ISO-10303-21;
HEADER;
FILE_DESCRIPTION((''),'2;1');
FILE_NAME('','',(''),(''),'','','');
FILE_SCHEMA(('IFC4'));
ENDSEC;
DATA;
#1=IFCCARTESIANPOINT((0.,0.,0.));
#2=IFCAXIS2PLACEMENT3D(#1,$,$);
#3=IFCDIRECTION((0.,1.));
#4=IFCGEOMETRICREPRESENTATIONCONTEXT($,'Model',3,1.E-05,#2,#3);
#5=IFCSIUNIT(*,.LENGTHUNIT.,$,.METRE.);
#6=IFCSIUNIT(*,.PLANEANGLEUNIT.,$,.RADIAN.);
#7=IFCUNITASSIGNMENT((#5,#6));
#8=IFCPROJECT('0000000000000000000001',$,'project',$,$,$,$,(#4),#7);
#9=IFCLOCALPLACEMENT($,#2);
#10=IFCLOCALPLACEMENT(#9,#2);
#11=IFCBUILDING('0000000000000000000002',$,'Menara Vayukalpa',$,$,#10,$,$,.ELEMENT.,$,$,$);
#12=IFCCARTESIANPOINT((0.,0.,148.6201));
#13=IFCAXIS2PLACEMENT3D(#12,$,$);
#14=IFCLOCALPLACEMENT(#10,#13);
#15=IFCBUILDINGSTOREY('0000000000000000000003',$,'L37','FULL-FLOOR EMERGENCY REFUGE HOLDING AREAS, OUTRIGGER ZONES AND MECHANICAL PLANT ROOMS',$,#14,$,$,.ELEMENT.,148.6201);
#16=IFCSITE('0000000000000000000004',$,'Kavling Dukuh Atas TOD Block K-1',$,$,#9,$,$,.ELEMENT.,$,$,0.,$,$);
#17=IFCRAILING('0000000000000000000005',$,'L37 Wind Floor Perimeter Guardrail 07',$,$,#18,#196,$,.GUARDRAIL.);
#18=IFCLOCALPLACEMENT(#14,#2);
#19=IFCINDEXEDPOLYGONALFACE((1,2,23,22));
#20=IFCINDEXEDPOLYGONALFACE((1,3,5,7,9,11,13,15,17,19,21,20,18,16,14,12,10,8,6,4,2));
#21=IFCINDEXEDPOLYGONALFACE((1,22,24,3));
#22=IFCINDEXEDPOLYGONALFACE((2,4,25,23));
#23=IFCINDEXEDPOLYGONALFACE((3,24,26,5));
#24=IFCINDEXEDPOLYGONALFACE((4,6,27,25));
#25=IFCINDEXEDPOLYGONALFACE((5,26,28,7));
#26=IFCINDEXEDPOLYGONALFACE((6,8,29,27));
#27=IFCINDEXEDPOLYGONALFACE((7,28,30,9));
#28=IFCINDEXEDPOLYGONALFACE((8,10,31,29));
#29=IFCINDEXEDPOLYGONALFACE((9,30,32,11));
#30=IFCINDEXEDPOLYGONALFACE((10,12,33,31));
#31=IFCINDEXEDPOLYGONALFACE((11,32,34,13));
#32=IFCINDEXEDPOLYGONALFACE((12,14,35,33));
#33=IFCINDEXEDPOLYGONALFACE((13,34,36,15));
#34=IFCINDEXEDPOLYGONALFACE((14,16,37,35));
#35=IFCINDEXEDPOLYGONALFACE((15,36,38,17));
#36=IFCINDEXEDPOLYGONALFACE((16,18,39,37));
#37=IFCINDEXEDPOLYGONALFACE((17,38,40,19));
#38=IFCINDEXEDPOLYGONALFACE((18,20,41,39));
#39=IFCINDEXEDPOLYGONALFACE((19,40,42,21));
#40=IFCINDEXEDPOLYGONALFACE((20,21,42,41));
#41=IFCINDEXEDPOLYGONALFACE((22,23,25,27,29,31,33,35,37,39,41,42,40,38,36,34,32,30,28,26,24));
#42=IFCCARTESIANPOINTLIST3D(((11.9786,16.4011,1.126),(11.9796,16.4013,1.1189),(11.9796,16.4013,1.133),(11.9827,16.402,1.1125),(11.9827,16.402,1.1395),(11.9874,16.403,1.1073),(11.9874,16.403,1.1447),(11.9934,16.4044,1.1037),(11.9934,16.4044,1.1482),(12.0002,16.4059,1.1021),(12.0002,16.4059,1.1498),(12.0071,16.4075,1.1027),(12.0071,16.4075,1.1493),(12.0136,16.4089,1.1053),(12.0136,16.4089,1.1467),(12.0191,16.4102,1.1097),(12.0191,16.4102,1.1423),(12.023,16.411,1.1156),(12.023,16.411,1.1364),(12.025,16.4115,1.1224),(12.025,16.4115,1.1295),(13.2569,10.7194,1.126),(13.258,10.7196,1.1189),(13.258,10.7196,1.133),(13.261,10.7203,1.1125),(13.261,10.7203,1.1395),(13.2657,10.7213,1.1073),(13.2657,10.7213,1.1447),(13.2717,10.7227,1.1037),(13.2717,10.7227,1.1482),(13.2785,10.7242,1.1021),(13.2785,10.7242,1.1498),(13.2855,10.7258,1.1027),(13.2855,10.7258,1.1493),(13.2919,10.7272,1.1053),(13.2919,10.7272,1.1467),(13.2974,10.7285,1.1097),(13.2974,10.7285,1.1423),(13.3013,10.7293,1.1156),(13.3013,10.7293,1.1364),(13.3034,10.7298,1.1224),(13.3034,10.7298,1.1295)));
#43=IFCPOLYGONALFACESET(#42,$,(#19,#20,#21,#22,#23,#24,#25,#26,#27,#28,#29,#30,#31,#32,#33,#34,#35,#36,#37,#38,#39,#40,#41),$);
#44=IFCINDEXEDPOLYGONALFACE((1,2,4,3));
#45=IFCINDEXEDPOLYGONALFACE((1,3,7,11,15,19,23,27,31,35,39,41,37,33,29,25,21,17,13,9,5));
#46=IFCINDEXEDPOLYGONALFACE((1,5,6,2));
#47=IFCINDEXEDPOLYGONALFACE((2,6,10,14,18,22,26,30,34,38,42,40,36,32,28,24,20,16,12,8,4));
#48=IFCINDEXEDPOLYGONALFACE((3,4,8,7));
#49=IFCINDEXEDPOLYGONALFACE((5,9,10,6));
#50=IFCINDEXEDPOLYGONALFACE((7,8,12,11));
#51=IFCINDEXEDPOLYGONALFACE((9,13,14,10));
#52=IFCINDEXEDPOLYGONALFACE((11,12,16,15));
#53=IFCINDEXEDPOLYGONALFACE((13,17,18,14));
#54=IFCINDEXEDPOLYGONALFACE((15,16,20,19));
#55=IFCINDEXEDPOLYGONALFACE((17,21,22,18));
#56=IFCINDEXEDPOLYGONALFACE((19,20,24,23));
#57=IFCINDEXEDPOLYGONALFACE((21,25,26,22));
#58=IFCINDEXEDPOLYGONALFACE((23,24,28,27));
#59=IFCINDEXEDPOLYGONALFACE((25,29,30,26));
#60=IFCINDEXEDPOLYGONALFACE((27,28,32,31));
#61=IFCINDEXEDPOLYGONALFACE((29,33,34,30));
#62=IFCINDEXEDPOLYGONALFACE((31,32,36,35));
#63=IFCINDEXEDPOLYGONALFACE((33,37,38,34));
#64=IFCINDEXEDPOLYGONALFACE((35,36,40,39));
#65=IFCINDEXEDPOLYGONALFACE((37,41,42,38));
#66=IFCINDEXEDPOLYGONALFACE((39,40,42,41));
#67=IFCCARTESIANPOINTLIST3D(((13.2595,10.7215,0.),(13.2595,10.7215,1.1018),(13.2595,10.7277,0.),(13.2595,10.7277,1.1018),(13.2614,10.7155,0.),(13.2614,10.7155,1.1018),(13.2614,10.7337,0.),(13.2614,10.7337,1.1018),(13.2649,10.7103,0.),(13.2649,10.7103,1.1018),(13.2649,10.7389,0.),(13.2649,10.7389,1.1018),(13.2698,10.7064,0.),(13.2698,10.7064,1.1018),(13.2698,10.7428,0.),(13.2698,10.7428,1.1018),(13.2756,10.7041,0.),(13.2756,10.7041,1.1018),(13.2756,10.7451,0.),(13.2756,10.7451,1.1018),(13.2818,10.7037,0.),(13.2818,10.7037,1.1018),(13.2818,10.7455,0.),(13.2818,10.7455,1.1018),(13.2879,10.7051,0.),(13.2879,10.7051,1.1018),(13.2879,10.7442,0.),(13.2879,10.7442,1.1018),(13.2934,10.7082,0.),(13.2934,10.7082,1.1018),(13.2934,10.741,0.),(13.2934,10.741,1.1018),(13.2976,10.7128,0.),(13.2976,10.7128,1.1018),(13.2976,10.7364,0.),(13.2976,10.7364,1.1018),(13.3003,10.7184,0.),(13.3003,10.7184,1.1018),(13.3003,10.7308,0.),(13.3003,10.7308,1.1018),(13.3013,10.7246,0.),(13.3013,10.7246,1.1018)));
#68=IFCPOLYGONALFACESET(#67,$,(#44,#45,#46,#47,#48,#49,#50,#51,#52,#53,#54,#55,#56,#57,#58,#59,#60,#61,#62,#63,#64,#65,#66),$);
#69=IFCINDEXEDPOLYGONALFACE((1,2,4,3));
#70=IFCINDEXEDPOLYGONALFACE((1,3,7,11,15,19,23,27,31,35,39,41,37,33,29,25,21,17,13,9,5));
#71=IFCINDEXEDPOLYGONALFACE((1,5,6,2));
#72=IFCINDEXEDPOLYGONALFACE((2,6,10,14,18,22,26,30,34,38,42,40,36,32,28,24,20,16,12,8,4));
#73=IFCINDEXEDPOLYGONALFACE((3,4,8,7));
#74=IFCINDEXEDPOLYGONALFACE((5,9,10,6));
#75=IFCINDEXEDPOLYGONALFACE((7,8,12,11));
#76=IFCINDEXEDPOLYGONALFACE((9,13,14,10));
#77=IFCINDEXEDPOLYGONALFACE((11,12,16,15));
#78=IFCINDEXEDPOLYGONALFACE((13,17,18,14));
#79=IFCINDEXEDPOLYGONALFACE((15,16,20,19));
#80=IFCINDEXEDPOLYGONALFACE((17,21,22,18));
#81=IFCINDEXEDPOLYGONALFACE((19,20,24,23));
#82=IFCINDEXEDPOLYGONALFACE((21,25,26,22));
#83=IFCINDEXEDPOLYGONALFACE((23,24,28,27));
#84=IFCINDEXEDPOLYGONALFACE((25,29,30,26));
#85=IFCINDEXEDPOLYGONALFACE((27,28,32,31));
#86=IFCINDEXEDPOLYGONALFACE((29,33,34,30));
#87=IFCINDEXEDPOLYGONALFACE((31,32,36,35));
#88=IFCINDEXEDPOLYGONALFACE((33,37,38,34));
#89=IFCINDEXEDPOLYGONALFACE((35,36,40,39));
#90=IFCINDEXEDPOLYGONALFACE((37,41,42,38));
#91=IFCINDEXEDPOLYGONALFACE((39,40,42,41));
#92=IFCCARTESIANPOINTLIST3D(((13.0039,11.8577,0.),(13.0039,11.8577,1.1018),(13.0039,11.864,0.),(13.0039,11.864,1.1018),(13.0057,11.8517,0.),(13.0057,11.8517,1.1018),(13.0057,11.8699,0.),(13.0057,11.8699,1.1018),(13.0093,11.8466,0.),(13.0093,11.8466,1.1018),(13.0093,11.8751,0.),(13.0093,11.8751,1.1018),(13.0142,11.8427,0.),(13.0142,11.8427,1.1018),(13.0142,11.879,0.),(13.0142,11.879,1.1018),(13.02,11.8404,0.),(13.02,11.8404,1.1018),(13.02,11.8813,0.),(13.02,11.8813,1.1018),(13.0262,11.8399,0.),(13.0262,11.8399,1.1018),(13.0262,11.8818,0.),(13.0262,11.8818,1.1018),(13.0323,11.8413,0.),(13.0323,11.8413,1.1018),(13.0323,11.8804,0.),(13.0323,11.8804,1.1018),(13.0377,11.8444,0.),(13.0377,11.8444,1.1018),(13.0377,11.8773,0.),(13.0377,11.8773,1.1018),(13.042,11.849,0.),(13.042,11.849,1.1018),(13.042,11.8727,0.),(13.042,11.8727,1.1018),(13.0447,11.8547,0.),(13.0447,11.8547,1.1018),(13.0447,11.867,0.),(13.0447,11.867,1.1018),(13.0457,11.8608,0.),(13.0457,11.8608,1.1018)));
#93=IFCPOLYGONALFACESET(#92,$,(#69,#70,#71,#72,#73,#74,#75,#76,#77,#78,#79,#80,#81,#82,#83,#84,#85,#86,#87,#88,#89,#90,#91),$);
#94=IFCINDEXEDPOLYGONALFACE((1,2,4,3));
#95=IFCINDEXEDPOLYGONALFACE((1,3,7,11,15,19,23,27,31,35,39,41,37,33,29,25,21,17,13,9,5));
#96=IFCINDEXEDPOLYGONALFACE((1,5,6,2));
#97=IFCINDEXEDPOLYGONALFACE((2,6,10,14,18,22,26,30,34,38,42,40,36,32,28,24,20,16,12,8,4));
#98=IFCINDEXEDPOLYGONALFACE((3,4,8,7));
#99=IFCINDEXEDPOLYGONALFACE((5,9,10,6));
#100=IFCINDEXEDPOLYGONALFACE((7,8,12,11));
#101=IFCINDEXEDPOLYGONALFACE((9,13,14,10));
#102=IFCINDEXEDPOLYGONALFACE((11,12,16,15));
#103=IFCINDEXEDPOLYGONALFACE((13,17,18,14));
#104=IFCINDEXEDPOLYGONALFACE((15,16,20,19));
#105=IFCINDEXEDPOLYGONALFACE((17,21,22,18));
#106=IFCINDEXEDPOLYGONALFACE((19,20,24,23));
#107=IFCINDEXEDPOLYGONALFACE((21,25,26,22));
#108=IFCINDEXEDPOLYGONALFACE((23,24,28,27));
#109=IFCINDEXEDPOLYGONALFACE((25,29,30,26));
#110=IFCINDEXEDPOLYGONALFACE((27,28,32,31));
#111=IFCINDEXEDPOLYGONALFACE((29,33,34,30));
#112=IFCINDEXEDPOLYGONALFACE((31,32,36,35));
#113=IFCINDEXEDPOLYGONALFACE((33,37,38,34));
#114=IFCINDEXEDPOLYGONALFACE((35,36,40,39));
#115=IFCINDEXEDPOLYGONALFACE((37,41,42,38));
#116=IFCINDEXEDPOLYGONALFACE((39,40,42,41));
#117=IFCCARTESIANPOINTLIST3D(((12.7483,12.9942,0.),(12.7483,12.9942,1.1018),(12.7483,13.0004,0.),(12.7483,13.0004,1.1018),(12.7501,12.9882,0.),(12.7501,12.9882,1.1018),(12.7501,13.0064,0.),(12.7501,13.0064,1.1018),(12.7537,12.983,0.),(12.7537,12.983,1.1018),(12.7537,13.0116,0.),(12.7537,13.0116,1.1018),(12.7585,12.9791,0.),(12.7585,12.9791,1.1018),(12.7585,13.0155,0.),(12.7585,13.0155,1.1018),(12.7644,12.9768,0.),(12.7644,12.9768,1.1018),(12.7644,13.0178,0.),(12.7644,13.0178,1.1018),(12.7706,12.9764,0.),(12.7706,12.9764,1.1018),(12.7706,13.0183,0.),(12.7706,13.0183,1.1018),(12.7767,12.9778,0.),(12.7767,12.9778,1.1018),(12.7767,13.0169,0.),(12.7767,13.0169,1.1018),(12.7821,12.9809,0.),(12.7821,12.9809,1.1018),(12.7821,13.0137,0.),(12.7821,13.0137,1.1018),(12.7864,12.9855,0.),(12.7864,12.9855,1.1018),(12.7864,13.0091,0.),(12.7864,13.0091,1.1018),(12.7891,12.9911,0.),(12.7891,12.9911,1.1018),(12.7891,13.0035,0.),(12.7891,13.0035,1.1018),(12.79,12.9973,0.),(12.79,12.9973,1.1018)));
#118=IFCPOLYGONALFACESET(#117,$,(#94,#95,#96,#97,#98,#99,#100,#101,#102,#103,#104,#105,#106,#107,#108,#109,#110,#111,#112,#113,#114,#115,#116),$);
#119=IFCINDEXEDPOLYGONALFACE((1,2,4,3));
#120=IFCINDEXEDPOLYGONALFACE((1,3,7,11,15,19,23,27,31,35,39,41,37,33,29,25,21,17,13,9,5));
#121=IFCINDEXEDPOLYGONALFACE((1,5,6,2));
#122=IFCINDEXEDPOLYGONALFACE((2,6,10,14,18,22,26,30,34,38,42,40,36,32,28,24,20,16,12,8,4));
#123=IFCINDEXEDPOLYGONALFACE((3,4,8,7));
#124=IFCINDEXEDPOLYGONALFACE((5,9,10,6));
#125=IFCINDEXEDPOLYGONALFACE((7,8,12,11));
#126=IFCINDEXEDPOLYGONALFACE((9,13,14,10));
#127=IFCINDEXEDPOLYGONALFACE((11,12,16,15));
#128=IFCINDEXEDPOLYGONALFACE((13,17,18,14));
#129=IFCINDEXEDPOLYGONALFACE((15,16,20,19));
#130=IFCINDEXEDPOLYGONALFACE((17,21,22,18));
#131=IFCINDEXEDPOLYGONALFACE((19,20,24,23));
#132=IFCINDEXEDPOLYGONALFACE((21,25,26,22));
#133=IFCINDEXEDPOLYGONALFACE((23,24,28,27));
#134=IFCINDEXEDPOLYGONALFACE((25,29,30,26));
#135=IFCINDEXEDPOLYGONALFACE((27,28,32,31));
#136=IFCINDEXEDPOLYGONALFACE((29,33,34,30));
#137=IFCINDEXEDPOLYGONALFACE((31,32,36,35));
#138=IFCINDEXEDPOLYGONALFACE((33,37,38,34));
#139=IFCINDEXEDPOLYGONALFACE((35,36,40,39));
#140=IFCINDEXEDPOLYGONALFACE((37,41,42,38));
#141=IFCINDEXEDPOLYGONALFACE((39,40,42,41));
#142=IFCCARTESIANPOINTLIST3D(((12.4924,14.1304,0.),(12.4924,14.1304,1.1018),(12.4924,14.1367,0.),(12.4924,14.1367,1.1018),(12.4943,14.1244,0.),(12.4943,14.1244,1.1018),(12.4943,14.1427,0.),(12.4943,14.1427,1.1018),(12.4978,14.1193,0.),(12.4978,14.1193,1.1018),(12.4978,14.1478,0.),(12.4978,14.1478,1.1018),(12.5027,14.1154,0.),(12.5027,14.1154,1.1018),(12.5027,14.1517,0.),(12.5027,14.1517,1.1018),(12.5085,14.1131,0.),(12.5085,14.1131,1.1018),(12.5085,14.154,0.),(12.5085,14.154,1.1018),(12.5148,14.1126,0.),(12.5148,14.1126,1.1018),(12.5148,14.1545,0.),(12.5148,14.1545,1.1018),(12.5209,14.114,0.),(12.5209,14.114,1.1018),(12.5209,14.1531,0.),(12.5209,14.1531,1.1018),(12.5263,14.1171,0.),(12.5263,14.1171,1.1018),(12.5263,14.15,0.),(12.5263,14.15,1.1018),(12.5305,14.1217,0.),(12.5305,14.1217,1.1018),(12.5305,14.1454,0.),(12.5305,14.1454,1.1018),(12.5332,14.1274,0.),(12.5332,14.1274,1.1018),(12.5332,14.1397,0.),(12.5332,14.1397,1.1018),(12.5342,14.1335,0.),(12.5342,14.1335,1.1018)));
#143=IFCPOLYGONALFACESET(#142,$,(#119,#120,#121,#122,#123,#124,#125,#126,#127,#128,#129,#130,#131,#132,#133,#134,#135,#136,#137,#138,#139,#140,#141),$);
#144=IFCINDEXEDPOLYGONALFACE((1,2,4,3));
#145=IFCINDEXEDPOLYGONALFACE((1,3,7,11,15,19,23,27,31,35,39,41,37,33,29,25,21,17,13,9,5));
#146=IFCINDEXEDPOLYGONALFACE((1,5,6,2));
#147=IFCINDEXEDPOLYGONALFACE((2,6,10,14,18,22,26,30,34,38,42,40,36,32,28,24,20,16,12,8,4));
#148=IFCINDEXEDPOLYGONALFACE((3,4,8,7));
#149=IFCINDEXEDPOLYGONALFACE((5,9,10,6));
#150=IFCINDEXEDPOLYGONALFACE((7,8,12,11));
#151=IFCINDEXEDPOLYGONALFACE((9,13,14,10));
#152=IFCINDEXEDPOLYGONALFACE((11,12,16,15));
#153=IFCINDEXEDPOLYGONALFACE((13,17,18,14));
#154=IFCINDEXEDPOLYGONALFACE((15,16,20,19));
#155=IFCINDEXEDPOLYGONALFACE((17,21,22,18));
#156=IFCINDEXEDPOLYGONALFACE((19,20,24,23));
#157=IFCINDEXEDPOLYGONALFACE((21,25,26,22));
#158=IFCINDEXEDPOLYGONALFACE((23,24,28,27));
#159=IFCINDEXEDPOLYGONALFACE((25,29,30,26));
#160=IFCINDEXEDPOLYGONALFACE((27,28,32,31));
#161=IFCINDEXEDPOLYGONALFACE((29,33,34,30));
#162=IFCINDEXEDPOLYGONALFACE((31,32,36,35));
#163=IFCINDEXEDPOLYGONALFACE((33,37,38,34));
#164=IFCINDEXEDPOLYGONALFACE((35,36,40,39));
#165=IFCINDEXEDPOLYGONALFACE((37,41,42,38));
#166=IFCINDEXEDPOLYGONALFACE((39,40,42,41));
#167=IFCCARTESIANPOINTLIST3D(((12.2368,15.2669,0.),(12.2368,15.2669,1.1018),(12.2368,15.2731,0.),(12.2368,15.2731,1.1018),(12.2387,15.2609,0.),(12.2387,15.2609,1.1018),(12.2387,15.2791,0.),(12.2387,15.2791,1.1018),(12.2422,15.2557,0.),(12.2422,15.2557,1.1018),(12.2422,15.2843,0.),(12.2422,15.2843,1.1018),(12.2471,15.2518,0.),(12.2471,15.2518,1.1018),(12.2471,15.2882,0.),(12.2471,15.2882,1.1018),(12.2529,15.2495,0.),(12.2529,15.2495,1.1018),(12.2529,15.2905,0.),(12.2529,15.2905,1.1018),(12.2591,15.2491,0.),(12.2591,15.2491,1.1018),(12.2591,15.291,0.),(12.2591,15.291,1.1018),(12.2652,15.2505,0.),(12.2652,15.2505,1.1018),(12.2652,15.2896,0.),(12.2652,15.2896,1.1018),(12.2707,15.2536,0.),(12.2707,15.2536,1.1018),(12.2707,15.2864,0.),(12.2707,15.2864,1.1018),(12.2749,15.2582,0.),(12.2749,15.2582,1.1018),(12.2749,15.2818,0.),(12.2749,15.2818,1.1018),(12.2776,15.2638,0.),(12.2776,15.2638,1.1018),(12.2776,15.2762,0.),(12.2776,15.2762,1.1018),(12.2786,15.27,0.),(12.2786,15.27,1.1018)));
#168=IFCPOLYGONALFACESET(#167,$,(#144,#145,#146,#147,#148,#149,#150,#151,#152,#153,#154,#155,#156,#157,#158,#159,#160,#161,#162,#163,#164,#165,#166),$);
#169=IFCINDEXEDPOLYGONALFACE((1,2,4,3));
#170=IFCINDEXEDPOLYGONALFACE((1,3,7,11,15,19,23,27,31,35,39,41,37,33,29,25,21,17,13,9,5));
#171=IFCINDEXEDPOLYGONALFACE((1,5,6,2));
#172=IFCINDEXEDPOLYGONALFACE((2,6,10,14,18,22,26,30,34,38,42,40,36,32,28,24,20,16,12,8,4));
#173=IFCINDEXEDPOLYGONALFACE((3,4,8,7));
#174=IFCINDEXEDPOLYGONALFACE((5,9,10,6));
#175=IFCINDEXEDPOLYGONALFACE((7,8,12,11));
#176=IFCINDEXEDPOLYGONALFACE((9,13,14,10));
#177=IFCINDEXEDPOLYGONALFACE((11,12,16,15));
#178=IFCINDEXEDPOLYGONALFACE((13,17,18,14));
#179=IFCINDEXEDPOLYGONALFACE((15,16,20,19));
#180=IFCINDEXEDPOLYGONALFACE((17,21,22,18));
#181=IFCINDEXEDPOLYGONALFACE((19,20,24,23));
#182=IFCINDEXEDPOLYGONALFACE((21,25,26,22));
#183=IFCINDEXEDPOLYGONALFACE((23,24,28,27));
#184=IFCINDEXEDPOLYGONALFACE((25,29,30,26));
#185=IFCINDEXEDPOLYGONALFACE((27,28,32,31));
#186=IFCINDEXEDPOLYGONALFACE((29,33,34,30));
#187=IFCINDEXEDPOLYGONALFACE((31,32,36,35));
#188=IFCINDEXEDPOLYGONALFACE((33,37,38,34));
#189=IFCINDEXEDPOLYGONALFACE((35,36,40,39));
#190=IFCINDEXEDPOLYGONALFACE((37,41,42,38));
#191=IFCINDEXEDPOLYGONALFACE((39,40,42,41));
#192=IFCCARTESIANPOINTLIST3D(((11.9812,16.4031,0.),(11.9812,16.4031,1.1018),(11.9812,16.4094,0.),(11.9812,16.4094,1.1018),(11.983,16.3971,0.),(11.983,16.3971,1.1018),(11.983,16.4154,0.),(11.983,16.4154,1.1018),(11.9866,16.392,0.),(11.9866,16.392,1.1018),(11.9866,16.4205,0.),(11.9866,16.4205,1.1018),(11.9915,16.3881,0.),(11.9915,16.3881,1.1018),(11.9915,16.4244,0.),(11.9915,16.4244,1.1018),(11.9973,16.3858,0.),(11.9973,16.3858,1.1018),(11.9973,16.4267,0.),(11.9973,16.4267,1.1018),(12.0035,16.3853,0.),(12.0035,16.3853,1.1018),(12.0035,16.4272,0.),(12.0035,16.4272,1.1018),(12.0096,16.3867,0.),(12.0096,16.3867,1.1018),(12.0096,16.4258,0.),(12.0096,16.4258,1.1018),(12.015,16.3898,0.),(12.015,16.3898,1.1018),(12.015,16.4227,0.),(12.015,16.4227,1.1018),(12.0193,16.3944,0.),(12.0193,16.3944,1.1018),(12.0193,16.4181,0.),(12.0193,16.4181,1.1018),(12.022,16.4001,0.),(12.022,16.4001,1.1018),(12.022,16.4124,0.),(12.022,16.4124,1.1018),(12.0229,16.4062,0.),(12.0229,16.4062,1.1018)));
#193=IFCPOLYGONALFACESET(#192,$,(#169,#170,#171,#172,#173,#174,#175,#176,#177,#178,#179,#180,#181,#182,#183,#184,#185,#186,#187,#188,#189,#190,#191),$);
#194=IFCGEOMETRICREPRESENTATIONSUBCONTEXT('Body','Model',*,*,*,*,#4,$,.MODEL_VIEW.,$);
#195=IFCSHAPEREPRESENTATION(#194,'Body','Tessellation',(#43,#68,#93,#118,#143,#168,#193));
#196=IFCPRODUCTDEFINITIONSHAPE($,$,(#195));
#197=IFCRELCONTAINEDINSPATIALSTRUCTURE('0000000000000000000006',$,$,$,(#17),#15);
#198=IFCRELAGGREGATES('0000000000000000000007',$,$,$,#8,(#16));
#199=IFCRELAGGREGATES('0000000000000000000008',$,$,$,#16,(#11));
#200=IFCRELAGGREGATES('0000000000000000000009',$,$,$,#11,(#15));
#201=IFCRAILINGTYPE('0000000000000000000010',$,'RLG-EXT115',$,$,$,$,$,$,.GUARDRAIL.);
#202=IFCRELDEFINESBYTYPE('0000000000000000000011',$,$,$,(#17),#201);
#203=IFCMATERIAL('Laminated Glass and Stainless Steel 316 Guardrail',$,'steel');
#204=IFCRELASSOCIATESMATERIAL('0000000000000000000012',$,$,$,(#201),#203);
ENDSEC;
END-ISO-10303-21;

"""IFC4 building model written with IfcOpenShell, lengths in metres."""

from ifc_helpers import new_model, si_unit, direction, frame, origin, origin_2d, place, context, subcontext, project, spatial, circle, extrude, material, type_object, element, save


model = new_model("IFC4")

# Units and contexts
model_context = context("Model", 3, precision=1e-05, world=origin(), true_north=direction((0.0, 1.0)))
body_context = subcontext(model_context, "Body", "Model", "MODEL_VIEW")
ifc_project = project(units=[si_unit("LENGTHUNIT", "METRE"), si_unit("PLANEANGLEUNIT", "RADIAN")], contexts=[model_context])

# Site, building, storey
site_placement = place(None, origin())
site = spatial("IfcSite", under=ifc_project, at=site_placement, Name="Kavling Dukuh Atas TOD Block K-1", CompositionType="ELEMENT", RefElevation=0.0)
building_placement = place(site_placement, origin())
building = spatial("IfcBuilding", under=site, at=building_placement, Name="Menara Vayukalpa", CompositionType="ELEMENT")
storey_placement = place(building_placement, frame((0.0, 0.0, 148.6201)))
storey = spatial("IfcBuildingStorey", under=building, at=storey_placement, Name="L37", Description="FULL-FLOOR EMERGENCY REFUGE HOLDING AREAS, OUTRIGGER ZONES AND MECHANICAL PLANT ROOMS", CompositionType="ELEMENT", Elevation=148.6201)

# Railing
ifc_material_1 = material(Name="Laminated Glass and Stainless Steel 316 Guardrail", Category="steel")
railing_type = type_object("IfcRailingType", Name="RLG-EXT115", PredefinedType="GUARDRAIL", material=ifc_material_1)
railing_1_placement = place(storey_placement, frame((13.2803, 10.7246, 0.0)))
element("IfcRailing", 1, at=railing_1_placement, inside=storey, type_object=railing_type, Name="L37 Wind Floor Perimeter Guardrail 07", PredefinedType="GUARDRAIL", context=body_context, shape_type="SweptSolid", body=[
    extrude(circle(Radius=0.0239, at=origin_2d()), frame((0.0, 0.0, 1.126), z_axis=(-0.219504, 0.975612, 0.0), x_axis=(-0.975612, -0.219504, 0.0)), (0.0, 0.0, 1.0), 5.8237),
    extrude(circle(Radius=0.021, at=origin_2d()), origin(), (0.0, 0.0, 1.0), 1.1018),
    extrude(circle(Radius=0.021, at=origin_2d()), frame((-0.2556, 1.1362, 0.0)), (0.0, 0.0, 1.0), 1.1018),
    extrude(circle(Radius=0.021, at=origin_2d()), frame((-0.5112, 2.2727, 0.0)), (0.0, 0.0, 1.0), 1.1018),
    extrude(circle(Radius=0.021, at=origin_2d()), frame((-0.7671, 3.4089, 0.0)), (0.0, 0.0, 1.0), 1.1018),
    extrude(circle(Radius=0.021, at=origin_2d()), frame((-1.0227, 4.5454, 0.0)), (0.0, 0.0, 1.0), 1.1018),
    extrude(circle(Radius=0.021, at=origin_2d()), frame((-1.2783, 5.6816, 0.0)), (0.0, 0.0, 1.0), 1.1018),
])

save(model, "model.ifc")
